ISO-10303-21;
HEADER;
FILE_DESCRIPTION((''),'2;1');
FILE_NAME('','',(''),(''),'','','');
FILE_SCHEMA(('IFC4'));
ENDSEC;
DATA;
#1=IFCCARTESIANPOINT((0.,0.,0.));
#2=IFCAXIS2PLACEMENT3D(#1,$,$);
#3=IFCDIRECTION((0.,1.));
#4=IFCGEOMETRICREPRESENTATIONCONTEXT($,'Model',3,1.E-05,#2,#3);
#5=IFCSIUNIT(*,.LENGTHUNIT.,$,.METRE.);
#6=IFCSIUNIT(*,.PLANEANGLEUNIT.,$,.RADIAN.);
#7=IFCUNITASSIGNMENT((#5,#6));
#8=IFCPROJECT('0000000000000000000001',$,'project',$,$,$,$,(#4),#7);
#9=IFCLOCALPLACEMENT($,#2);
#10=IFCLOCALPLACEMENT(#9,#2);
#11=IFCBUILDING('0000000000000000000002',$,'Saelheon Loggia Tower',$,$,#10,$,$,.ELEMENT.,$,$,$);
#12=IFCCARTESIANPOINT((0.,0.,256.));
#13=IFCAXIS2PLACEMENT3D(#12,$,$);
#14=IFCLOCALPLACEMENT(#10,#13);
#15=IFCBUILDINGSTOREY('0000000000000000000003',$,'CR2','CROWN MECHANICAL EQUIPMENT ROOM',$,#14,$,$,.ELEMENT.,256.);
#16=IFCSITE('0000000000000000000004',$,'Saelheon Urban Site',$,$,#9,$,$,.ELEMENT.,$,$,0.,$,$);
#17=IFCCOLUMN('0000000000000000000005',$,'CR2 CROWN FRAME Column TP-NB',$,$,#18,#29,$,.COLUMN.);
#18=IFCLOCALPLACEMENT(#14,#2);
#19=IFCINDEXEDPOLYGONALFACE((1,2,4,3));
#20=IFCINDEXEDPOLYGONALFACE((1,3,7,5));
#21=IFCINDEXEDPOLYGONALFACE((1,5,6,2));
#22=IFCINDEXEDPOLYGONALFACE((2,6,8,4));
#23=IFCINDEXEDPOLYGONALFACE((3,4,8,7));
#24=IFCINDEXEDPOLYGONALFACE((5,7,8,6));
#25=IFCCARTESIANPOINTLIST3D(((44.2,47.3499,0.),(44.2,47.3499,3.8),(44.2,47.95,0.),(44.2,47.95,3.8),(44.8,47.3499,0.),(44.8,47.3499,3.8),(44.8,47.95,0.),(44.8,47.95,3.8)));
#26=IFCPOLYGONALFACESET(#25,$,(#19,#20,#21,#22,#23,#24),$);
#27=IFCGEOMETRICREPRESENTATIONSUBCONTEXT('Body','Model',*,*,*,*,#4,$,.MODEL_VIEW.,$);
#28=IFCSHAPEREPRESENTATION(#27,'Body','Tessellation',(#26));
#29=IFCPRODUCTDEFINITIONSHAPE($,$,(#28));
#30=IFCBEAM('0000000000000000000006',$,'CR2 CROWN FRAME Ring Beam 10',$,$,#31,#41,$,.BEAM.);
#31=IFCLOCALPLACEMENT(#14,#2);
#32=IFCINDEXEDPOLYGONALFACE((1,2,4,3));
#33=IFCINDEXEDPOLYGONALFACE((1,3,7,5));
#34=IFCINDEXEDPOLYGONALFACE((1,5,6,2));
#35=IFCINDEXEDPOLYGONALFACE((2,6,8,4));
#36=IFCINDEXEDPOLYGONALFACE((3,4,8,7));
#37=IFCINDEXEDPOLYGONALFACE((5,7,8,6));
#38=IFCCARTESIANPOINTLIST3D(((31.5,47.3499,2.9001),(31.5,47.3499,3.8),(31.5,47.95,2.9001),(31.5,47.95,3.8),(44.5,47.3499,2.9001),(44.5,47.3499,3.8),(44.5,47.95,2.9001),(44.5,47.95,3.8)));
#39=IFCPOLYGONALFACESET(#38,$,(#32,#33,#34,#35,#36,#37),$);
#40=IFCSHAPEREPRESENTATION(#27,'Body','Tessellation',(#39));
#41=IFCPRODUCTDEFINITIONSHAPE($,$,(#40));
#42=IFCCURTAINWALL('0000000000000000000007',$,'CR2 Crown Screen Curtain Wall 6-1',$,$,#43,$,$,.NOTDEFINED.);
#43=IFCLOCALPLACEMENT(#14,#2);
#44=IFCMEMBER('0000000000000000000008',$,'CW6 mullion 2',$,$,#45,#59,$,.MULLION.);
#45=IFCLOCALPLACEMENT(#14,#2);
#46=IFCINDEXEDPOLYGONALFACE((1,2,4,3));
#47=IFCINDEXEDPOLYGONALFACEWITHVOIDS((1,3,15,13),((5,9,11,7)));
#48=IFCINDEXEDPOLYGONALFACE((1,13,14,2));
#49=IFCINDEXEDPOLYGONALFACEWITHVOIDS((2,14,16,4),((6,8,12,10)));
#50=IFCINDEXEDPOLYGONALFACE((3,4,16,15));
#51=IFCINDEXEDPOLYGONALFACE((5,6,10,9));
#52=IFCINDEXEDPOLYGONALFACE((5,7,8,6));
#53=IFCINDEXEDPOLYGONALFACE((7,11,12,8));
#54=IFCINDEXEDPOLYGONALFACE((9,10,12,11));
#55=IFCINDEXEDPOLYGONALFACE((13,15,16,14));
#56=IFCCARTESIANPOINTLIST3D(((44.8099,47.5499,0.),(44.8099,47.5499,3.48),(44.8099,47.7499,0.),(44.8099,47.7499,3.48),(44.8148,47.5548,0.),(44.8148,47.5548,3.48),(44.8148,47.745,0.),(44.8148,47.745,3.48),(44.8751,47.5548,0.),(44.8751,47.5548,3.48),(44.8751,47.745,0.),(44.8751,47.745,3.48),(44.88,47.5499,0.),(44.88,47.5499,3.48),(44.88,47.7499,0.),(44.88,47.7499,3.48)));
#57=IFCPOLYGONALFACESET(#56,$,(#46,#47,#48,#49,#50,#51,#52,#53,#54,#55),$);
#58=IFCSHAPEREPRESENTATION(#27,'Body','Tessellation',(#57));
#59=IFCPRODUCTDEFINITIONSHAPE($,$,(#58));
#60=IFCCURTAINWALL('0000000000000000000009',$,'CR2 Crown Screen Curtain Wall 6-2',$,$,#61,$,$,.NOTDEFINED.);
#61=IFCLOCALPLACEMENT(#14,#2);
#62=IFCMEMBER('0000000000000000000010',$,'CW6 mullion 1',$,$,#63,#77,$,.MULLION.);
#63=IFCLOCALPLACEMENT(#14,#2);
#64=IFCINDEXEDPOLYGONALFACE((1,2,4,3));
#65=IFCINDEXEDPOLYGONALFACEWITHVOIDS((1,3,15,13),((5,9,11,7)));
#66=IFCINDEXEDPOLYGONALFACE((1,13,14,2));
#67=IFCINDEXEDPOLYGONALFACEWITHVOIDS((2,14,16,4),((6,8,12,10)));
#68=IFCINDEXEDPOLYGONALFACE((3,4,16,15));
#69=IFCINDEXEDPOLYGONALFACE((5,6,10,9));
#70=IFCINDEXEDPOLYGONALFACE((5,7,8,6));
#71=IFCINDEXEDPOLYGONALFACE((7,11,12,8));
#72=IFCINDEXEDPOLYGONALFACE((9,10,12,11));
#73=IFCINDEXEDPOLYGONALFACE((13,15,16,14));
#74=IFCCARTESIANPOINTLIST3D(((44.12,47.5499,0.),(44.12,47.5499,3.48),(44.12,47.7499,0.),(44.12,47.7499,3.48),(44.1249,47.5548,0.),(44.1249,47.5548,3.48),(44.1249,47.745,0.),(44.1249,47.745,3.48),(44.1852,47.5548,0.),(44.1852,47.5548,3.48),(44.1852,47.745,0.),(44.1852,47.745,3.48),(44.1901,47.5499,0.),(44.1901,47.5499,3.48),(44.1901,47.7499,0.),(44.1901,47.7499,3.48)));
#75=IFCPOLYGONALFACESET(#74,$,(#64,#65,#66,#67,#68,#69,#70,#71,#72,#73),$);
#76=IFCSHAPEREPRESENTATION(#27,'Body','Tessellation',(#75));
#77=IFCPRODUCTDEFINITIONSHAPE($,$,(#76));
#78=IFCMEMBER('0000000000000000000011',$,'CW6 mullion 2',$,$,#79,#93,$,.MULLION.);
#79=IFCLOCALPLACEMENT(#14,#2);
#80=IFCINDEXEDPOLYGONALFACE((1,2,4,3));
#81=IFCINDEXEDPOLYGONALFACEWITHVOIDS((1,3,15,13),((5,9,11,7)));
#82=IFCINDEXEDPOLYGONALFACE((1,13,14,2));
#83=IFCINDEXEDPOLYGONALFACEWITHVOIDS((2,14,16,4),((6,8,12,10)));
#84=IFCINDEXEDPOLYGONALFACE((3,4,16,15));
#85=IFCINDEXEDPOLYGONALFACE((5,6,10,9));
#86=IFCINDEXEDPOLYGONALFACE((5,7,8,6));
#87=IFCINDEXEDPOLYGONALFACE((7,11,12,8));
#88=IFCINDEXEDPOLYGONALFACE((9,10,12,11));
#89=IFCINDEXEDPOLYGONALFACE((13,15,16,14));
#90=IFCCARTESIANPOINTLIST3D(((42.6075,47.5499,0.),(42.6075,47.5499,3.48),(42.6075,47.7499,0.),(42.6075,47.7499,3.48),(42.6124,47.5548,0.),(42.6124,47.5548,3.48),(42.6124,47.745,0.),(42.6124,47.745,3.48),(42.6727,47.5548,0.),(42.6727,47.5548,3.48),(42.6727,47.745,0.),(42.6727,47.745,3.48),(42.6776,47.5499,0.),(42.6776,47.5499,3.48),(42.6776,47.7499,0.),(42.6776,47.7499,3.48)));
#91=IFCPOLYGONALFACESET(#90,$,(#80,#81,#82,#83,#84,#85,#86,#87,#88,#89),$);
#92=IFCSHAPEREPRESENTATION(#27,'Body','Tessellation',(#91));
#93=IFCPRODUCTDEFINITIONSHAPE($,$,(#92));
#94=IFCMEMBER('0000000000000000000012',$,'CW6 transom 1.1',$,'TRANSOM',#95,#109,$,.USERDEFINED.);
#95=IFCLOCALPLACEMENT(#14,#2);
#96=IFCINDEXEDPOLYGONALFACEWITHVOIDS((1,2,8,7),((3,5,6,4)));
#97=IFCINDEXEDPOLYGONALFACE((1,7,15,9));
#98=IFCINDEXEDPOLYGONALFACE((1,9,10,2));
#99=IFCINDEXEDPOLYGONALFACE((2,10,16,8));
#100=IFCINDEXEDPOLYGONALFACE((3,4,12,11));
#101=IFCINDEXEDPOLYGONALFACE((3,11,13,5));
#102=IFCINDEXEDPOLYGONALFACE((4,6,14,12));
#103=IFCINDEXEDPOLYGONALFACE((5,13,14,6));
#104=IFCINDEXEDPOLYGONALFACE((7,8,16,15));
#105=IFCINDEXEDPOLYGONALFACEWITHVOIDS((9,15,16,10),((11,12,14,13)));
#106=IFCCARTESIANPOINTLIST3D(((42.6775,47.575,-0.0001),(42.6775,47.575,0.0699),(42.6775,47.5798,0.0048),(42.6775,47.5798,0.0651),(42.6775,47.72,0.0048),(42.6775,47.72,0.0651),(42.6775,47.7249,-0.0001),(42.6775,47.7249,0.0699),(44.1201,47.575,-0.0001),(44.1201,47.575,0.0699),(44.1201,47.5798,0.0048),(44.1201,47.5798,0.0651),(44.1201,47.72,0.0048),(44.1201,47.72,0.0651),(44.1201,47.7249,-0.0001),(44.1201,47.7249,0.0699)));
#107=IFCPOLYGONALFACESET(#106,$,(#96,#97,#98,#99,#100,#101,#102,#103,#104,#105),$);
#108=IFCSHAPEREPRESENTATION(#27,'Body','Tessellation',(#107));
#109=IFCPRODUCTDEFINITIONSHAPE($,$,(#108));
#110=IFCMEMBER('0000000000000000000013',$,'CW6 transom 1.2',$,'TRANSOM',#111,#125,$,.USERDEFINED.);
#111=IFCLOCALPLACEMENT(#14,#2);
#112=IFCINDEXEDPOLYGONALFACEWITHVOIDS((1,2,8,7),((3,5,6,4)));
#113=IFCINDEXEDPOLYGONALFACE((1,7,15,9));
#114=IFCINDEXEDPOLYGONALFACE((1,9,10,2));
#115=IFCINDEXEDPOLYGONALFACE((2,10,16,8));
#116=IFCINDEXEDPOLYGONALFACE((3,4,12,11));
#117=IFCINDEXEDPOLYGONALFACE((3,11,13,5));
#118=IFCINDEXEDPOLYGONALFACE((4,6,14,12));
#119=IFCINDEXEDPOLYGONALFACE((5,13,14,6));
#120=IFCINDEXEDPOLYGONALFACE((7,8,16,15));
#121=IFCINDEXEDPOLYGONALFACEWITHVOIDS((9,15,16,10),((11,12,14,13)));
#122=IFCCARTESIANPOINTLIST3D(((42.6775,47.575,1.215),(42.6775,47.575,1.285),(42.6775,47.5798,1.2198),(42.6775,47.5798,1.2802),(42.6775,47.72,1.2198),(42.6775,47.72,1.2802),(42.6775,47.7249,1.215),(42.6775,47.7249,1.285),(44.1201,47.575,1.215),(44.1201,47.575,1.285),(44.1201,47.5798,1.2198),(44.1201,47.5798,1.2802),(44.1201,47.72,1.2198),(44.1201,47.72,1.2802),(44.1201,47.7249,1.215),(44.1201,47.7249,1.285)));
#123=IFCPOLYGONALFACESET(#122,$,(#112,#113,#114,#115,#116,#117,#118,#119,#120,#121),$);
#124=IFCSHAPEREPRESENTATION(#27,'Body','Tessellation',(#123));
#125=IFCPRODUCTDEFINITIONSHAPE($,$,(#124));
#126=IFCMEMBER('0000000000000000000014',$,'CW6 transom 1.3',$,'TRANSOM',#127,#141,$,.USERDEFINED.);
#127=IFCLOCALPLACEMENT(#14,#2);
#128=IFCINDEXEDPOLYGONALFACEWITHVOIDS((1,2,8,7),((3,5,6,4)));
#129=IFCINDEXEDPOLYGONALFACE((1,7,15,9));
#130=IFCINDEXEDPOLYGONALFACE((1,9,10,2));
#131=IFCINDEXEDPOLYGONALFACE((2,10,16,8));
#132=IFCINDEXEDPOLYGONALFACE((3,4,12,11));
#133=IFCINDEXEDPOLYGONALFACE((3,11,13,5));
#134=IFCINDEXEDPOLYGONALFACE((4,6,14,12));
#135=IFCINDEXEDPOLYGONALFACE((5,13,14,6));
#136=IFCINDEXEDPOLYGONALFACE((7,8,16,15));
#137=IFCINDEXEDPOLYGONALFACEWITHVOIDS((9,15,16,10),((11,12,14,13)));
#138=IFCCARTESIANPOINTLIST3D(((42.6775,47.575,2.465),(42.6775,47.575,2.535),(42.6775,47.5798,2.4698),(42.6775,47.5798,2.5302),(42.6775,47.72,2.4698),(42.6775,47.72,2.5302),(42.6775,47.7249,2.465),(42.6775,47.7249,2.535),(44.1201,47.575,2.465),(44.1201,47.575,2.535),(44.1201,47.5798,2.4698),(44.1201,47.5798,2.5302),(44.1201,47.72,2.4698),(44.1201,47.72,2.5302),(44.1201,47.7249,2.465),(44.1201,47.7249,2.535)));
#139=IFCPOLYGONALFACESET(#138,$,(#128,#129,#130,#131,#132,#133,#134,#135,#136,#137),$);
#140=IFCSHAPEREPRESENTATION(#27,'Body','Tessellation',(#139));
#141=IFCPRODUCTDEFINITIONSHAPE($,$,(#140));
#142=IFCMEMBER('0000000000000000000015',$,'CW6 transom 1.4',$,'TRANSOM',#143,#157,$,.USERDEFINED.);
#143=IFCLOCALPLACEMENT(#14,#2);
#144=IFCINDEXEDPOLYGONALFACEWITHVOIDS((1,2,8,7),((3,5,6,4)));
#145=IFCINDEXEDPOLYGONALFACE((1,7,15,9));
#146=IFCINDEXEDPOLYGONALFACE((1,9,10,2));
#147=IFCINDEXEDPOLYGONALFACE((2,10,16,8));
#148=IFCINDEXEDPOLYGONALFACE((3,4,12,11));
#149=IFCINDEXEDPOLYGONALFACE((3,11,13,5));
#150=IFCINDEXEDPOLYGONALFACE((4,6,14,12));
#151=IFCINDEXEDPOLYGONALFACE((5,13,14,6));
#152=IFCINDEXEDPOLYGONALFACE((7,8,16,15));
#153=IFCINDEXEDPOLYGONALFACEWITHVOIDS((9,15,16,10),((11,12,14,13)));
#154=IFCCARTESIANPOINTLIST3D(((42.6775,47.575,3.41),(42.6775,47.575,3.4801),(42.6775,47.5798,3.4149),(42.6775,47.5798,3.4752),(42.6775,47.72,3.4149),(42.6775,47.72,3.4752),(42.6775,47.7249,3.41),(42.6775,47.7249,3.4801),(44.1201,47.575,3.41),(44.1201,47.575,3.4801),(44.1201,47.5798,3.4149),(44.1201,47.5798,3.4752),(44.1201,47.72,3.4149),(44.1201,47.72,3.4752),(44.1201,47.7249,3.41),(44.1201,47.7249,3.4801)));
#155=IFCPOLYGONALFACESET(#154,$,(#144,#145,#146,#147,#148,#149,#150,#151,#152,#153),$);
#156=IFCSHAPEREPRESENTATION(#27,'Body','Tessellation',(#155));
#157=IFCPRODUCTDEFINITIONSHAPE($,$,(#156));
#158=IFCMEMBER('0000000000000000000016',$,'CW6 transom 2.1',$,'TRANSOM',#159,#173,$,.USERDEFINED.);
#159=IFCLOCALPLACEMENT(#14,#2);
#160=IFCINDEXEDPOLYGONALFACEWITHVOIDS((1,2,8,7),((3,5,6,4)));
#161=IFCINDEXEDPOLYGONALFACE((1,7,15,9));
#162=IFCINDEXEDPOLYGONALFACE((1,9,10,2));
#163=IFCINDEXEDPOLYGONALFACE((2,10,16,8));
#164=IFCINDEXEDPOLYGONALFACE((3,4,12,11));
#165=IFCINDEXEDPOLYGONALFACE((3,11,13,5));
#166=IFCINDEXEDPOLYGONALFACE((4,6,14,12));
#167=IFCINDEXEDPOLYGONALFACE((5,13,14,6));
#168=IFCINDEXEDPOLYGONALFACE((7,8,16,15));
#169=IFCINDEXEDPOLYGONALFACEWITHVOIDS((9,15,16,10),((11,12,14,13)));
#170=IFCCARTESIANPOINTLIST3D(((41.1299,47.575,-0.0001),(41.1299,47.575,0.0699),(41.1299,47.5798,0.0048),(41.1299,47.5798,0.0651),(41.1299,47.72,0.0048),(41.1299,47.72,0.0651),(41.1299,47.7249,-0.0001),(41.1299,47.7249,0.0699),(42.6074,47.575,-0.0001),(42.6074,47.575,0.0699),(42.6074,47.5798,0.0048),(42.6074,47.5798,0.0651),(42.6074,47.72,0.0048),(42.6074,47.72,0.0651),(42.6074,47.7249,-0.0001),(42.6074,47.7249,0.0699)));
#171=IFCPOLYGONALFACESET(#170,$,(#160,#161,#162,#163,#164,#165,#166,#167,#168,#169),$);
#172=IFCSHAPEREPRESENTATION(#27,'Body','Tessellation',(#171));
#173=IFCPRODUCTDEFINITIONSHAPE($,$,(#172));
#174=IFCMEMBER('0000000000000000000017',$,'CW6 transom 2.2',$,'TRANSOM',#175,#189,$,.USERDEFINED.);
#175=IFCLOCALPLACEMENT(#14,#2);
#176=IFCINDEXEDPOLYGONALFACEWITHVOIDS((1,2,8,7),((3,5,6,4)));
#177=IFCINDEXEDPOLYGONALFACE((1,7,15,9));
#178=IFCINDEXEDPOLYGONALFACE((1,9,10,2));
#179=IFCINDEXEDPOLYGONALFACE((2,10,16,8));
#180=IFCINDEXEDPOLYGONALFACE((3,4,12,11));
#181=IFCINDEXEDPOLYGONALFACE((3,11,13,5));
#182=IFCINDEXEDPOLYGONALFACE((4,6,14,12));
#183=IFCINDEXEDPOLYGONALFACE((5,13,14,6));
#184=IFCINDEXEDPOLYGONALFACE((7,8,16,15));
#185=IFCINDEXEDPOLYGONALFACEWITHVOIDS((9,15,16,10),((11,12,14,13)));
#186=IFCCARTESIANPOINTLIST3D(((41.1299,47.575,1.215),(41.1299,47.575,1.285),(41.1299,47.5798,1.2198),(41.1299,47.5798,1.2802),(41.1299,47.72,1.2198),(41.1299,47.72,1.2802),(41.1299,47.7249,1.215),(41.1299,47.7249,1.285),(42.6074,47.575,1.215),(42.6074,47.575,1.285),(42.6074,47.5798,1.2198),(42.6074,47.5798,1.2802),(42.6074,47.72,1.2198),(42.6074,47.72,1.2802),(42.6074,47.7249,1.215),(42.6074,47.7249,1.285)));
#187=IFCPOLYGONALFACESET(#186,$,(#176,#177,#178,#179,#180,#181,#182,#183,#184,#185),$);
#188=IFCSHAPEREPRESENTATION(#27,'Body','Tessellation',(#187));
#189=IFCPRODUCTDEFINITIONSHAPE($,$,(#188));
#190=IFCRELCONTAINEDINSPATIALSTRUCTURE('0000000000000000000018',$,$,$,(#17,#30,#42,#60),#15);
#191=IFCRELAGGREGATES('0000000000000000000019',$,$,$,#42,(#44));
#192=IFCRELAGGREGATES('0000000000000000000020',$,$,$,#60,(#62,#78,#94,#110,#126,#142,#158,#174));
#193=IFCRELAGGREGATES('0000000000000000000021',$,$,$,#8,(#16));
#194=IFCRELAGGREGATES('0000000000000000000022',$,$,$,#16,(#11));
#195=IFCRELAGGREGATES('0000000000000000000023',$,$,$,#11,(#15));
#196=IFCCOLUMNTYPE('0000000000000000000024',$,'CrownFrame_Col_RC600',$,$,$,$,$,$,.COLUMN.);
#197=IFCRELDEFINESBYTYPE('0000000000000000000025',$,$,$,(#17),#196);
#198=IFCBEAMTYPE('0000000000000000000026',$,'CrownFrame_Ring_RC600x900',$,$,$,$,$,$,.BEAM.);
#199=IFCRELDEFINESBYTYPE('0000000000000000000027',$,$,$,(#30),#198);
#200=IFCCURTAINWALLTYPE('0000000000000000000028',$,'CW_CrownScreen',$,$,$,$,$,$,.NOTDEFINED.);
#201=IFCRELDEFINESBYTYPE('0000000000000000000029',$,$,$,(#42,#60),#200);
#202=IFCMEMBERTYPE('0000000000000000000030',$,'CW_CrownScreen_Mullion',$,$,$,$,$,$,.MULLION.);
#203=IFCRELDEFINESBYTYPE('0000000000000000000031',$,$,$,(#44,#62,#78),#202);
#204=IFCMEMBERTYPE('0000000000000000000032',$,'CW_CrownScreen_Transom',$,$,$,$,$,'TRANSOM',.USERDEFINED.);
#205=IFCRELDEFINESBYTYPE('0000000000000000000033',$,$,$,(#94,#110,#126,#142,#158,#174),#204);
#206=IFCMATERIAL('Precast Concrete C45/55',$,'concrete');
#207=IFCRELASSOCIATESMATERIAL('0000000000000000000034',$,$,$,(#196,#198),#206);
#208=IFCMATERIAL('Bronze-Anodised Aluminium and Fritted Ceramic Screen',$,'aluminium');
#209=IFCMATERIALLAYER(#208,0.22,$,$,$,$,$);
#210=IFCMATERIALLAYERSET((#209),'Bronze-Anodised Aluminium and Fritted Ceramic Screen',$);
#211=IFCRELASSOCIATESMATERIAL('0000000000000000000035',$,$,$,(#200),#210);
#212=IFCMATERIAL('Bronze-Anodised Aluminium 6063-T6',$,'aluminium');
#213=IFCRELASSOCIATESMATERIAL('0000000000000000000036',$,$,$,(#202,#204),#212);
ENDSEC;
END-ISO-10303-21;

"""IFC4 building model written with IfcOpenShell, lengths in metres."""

from ifc_helpers import new_model, si_unit, direction, frame, origin, origin_2d, place, context, subcontext, project, spatial, rectangle, hollow_rectangle, extrude, source, transform, mapped, material, layer, layer_set, material_profile, profile_set, type_object, element, aggregate, save


model = new_model("IFC4")

# Units and contexts
model_context = context("Model", 3, precision=1e-05, world=origin(), true_north=direction((0.0, 1.0)))
body_context = subcontext(model_context, "Body", "Model", "MODEL_VIEW")
ifc_project = project(units=[si_unit("LENGTHUNIT", "METRE"), si_unit("PLANEANGLEUNIT", "RADIAN")], contexts=[model_context])

# Site, building, storey
site_placement = place(None, origin())
site = spatial("IfcSite", under=ifc_project, at=site_placement, Name="Saelheon Urban Site", CompositionType="ELEMENT", RefElevation=0.0)
building_placement = place(site_placement, origin())
building = spatial("IfcBuilding", under=site, at=building_placement, Name="Saelheon Loggia Tower", CompositionType="ELEMENT")
storey_placement = place(building_placement, frame((0.0, 0.0, 256.0)))
storey = spatial("IfcBuildingStorey", under=building, at=storey_placement, Name="CR2", Description="CROWN MECHANICAL EQUIPMENT ROOM", CompositionType="ELEMENT", Elevation=256.0)

# Column
ifc_material_1 = material(Name="Precast Concrete C45/55", Category="concrete")
ifc_material_profile_1 = material_profile(ifc_material_1, rectangle(XDim=0.6001, YDim=0.6001, at=origin_2d()), Name="RC-600x600")
ifc_profile_set_1 = profile_set([ifc_material_profile_1], Name="Precast Concrete C45/55")
column_type = type_object("IfcColumnType", Name="CrownFrame_Col_RC600", PredefinedType="COLUMN", material=ifc_profile_set_1)
shared_shape_1 = source(origin(), body_context, "Body", "SweptSolid", [
    extrude(rectangle(XDim=0.6001, YDim=0.6001, at=origin_2d()), origin(), (0.0, 0.0, 1.0), 3.8),
])
column_placement = place(storey_placement, frame((44.5, 47.6499, 0.0), z_axis=(0.0, 0.0, 1.0), x_axis=(1.0, 0.0, 0.0)))
element("IfcColumn", 1, at=column_placement, inside=storey, type_object=column_type, Name="CR2 CROWN FRAME Column TP-NB", PredefinedType="COLUMN", context=body_context, shape_type="MappedRepresentation", body=[
    mapped(shared_shape_1, transform((0.0, 0.0, 0.0), scale=1.0)),
])

# Beam
ifc_material_profile_2 = material_profile(ifc_material_1, rectangle(XDim=0.6001, YDim=0.8999, at=origin_2d()), Name="RC-600x900")
ifc_profile_set_2 = profile_set([ifc_material_profile_2], Name="Precast Concrete C45/55")
beam_type = type_object("IfcBeamType", Name="CrownFrame_Ring_RC600x900", PredefinedType="BEAM", material=ifc_profile_set_2)
shared_shape_2 = source(origin(), body_context, "Body", "SweptSolid", [
    extrude(rectangle(XDim=0.6001, YDim=0.8999, at=origin_2d()), origin(), (0.0, 0.0, 1.0), 13.0),
])
beam_placement = place(storey_placement, frame((44.5, 47.6499, 3.3501), z_axis=(-1.0, 0.0, 0.0), x_axis=(0.0, -1.0, 0.0)))
element("IfcBeam", 2, at=beam_placement, inside=storey, type_object=beam_type, Name="CR2 CROWN FRAME Ring Beam 10", PredefinedType="BEAM", context=body_context, shape_type="MappedRepresentation", body=[
    mapped(shared_shape_2, transform((0.0, 0.0, 0.0), scale=1.0)),
])

# Curtain wall, member
ifc_material_2 = material(Name="Bronze-Anodised Aluminium and Fritted Ceramic Screen", Category="aluminium")
ifc_layer_1 = layer(ifc_material_2, 0.22)
ifc_layer_set_1 = layer_set([ifc_layer_1], Name="Bronze-Anodised Aluminium and Fritted Ceramic Screen")
curtain_wall_type = type_object("IfcCurtainWallType", Name="CW_CrownScreen", PredefinedType="NOTDEFINED", material=ifc_layer_set_1)
curtain_wall_1_placement = place(storey_placement, origin())
curtain_wall_1 = element("IfcCurtainWall", 3, at=curtain_wall_1_placement, inside=storey, type_object=curtain_wall_type, Name="CR2 Crown Screen Curtain Wall 6-1", PredefinedType="NOTDEFINED")
ifc_material_3 = material(Name="Bronze-Anodised Aluminium 6063-T6", Category="aluminium")
ifc_material_profile_3 = material_profile(ifc_material_3, hollow_rectangle(XDim=0.0701, YDim=0.2, WallThickness=0.0049, at=origin_2d()), Name="RHS-200x70x5")
ifc_profile_set_3 = profile_set([ifc_material_profile_3], Name="Bronze-Anodised Aluminium 6063-T6")
member_type_1 = type_object("IfcMemberType", Name="CW_CrownScreen_Mullion", PredefinedType="MULLION", material=ifc_profile_set_3)
shared_shape_3 = source(origin(), body_context, "Body", "SweptSolid", [
    extrude(hollow_rectangle(XDim=0.0701, YDim=0.2, WallThickness=0.0049, at=origin_2d()), origin(), (0.0, 0.0, 1.0), 3.48),
])
member_1_placement = place(storey_placement, frame((44.845, 47.6499, 0.0), z_axis=(0.0, 0.0, 1.0), x_axis=(-1.0, 0.0, 0.0)))
member_1 = element("IfcMember", 4, at=member_1_placement, type_object=member_type_1, Name="CW6 mullion 2", PredefinedType="MULLION", context=body_context, shape_type="MappedRepresentation", body=[
    mapped(shared_shape_3, transform((0.0, 0.0, 0.0), scale=1.0)),
])

# Curtain wall, members
curtain_wall_2_placement = place(storey_placement, origin())
curtain_wall_2 = element("IfcCurtainWall", 5, at=curtain_wall_2_placement, inside=storey, type_object=curtain_wall_type, Name="CR2 Crown Screen Curtain Wall 6-2", PredefinedType="NOTDEFINED")
member_2_placement = place(storey_placement, frame((44.155, 47.6499, 0.0), z_axis=(0.0, 0.0, 1.0), x_axis=(-1.0, 0.0, 0.0)))
member_2 = element("IfcMember", 6, at=member_2_placement, type_object=member_type_1, Name="CW6 mullion 1", PredefinedType="MULLION", context=body_context, shape_type="MappedRepresentation", body=[
    mapped(shared_shape_3, transform((0.0, 0.0, 0.0), scale=1.0)),
])
member_3_placement = place(storey_placement, frame((42.6426, 47.6499, 0.0), z_axis=(0.0, 0.0, 1.0), x_axis=(-1.0, 0.0, 0.0)))
member_3 = element("IfcMember", 7, at=member_3_placement, type_object=member_type_1, Name="CW6 mullion 2", PredefinedType="MULLION", context=body_context, shape_type="MappedRepresentation", body=[
    mapped(shared_shape_3, transform((0.0, 0.0, 0.0), scale=1.0)),
])
ifc_material_profile_4 = material_profile(ifc_material_3, hollow_rectangle(XDim=0.0701, YDim=0.1499, WallThickness=0.0049, at=origin_2d()), Name="RHS-150x70x5")
ifc_profile_set_4 = profile_set([ifc_material_profile_4], Name="Bronze-Anodised Aluminium 6063-T6")
member_type_2 = type_object("IfcMemberType", Name="CW_CrownScreen_Transom", ElementType="TRANSOM", PredefinedType="USERDEFINED", material=ifc_profile_set_4)
shared_shape_4 = source(origin(), body_context, "Body", "SweptSolid", [
    extrude(hollow_rectangle(XDim=0.0701, YDim=0.1499, WallThickness=0.0049, at=origin_2d()), origin(), (0.0, 0.0, 1.0), 1.4426),
])
member_4_placement = place(storey_placement, frame((44.1201, 47.6499, 0.0349), z_axis=(-1.0, 0.0, 0.0), x_axis=(0.0, 0.0, 1.0)))
member_4 = element("IfcMember", 8, at=member_4_placement, type_object=member_type_2, Name="CW6 transom 1.1", ObjectType="TRANSOM", PredefinedType="USERDEFINED", context=body_context, shape_type="MappedRepresentation", body=[
    mapped(shared_shape_4, transform((0.0, 0.0, 0.0), scale=1.0)),
])
member_5_placement = place(storey_placement, frame((44.1201, 47.6499, 1.25), z_axis=(-1.0, 0.0, 0.0), x_axis=(0.0, 0.0, 1.0)))
member_5 = element("IfcMember", 9, at=member_5_placement, type_object=member_type_2, Name="CW6 transom 1.2", ObjectType="TRANSOM", PredefinedType="USERDEFINED", context=body_context, shape_type="MappedRepresentation", body=[
    mapped(shared_shape_4, transform((0.0, 0.0, 0.0), scale=1.0)),
])
member_6_placement = place(storey_placement, frame((44.1201, 47.6499, 2.5), z_axis=(-1.0, 0.0, 0.0), x_axis=(0.0, 0.0, 1.0)))
member_6 = element("IfcMember", 10, at=member_6_placement, type_object=member_type_2, Name="CW6 transom 1.3", ObjectType="TRANSOM", PredefinedType="USERDEFINED", context=body_context, shape_type="MappedRepresentation", body=[
    mapped(shared_shape_4, transform((0.0, 0.0, 0.0), scale=1.0)),
])
member_7_placement = place(storey_placement, frame((44.1201, 47.6499, 3.4451), z_axis=(-1.0, 0.0, 0.0), x_axis=(0.0, 0.0, 1.0)))
member_7 = element("IfcMember", 11, at=member_7_placement, type_object=member_type_2, Name="CW6 transom 1.4", ObjectType="TRANSOM", PredefinedType="USERDEFINED", context=body_context, shape_type="MappedRepresentation", body=[
    mapped(shared_shape_4, transform((0.0, 0.0, 0.0), scale=1.0)),
])
shared_shape_5 = source(origin(), body_context, "Body", "SweptSolid", [
    extrude(hollow_rectangle(XDim=0.0701, YDim=0.1499, WallThickness=0.0049, at=origin_2d()), origin(), (0.0, 0.0, 1.0), 1.4775),
])
member_8_placement = place(storey_placement, frame((42.6074, 47.6499, 0.0349), z_axis=(-1.0, 0.0, 0.0), x_axis=(0.0, 0.0, 1.0)))
member_8 = element("IfcMember", 12, at=member_8_placement, type_object=member_type_2, Name="CW6 transom 2.1", ObjectType="TRANSOM", PredefinedType="USERDEFINED", context=body_context, shape_type="MappedRepresentation", body=[
    mapped(shared_shape_5, transform((0.0, 0.0, 0.0), scale=1.0)),
])
member_9_placement = place(storey_placement, frame((42.6074, 47.6499, 1.25), z_axis=(-1.0, 0.0, 0.0), x_axis=(0.0, 0.0, 1.0)))
member_9 = element("IfcMember", 13, at=member_9_placement, type_object=member_type_2, Name="CW6 transom 2.2", ObjectType="TRANSOM", PredefinedType="USERDEFINED", context=body_context, shape_type="MappedRepresentation", body=[
    mapped(shared_shape_5, transform((0.0, 0.0, 0.0), scale=1.0)),
])

aggregate(curtain_wall_1, [member_1])
aggregate(curtain_wall_2, [member_2, member_3, member_4, member_5, member_6, member_7, member_8, member_9])

save(model, "model.ifc")
